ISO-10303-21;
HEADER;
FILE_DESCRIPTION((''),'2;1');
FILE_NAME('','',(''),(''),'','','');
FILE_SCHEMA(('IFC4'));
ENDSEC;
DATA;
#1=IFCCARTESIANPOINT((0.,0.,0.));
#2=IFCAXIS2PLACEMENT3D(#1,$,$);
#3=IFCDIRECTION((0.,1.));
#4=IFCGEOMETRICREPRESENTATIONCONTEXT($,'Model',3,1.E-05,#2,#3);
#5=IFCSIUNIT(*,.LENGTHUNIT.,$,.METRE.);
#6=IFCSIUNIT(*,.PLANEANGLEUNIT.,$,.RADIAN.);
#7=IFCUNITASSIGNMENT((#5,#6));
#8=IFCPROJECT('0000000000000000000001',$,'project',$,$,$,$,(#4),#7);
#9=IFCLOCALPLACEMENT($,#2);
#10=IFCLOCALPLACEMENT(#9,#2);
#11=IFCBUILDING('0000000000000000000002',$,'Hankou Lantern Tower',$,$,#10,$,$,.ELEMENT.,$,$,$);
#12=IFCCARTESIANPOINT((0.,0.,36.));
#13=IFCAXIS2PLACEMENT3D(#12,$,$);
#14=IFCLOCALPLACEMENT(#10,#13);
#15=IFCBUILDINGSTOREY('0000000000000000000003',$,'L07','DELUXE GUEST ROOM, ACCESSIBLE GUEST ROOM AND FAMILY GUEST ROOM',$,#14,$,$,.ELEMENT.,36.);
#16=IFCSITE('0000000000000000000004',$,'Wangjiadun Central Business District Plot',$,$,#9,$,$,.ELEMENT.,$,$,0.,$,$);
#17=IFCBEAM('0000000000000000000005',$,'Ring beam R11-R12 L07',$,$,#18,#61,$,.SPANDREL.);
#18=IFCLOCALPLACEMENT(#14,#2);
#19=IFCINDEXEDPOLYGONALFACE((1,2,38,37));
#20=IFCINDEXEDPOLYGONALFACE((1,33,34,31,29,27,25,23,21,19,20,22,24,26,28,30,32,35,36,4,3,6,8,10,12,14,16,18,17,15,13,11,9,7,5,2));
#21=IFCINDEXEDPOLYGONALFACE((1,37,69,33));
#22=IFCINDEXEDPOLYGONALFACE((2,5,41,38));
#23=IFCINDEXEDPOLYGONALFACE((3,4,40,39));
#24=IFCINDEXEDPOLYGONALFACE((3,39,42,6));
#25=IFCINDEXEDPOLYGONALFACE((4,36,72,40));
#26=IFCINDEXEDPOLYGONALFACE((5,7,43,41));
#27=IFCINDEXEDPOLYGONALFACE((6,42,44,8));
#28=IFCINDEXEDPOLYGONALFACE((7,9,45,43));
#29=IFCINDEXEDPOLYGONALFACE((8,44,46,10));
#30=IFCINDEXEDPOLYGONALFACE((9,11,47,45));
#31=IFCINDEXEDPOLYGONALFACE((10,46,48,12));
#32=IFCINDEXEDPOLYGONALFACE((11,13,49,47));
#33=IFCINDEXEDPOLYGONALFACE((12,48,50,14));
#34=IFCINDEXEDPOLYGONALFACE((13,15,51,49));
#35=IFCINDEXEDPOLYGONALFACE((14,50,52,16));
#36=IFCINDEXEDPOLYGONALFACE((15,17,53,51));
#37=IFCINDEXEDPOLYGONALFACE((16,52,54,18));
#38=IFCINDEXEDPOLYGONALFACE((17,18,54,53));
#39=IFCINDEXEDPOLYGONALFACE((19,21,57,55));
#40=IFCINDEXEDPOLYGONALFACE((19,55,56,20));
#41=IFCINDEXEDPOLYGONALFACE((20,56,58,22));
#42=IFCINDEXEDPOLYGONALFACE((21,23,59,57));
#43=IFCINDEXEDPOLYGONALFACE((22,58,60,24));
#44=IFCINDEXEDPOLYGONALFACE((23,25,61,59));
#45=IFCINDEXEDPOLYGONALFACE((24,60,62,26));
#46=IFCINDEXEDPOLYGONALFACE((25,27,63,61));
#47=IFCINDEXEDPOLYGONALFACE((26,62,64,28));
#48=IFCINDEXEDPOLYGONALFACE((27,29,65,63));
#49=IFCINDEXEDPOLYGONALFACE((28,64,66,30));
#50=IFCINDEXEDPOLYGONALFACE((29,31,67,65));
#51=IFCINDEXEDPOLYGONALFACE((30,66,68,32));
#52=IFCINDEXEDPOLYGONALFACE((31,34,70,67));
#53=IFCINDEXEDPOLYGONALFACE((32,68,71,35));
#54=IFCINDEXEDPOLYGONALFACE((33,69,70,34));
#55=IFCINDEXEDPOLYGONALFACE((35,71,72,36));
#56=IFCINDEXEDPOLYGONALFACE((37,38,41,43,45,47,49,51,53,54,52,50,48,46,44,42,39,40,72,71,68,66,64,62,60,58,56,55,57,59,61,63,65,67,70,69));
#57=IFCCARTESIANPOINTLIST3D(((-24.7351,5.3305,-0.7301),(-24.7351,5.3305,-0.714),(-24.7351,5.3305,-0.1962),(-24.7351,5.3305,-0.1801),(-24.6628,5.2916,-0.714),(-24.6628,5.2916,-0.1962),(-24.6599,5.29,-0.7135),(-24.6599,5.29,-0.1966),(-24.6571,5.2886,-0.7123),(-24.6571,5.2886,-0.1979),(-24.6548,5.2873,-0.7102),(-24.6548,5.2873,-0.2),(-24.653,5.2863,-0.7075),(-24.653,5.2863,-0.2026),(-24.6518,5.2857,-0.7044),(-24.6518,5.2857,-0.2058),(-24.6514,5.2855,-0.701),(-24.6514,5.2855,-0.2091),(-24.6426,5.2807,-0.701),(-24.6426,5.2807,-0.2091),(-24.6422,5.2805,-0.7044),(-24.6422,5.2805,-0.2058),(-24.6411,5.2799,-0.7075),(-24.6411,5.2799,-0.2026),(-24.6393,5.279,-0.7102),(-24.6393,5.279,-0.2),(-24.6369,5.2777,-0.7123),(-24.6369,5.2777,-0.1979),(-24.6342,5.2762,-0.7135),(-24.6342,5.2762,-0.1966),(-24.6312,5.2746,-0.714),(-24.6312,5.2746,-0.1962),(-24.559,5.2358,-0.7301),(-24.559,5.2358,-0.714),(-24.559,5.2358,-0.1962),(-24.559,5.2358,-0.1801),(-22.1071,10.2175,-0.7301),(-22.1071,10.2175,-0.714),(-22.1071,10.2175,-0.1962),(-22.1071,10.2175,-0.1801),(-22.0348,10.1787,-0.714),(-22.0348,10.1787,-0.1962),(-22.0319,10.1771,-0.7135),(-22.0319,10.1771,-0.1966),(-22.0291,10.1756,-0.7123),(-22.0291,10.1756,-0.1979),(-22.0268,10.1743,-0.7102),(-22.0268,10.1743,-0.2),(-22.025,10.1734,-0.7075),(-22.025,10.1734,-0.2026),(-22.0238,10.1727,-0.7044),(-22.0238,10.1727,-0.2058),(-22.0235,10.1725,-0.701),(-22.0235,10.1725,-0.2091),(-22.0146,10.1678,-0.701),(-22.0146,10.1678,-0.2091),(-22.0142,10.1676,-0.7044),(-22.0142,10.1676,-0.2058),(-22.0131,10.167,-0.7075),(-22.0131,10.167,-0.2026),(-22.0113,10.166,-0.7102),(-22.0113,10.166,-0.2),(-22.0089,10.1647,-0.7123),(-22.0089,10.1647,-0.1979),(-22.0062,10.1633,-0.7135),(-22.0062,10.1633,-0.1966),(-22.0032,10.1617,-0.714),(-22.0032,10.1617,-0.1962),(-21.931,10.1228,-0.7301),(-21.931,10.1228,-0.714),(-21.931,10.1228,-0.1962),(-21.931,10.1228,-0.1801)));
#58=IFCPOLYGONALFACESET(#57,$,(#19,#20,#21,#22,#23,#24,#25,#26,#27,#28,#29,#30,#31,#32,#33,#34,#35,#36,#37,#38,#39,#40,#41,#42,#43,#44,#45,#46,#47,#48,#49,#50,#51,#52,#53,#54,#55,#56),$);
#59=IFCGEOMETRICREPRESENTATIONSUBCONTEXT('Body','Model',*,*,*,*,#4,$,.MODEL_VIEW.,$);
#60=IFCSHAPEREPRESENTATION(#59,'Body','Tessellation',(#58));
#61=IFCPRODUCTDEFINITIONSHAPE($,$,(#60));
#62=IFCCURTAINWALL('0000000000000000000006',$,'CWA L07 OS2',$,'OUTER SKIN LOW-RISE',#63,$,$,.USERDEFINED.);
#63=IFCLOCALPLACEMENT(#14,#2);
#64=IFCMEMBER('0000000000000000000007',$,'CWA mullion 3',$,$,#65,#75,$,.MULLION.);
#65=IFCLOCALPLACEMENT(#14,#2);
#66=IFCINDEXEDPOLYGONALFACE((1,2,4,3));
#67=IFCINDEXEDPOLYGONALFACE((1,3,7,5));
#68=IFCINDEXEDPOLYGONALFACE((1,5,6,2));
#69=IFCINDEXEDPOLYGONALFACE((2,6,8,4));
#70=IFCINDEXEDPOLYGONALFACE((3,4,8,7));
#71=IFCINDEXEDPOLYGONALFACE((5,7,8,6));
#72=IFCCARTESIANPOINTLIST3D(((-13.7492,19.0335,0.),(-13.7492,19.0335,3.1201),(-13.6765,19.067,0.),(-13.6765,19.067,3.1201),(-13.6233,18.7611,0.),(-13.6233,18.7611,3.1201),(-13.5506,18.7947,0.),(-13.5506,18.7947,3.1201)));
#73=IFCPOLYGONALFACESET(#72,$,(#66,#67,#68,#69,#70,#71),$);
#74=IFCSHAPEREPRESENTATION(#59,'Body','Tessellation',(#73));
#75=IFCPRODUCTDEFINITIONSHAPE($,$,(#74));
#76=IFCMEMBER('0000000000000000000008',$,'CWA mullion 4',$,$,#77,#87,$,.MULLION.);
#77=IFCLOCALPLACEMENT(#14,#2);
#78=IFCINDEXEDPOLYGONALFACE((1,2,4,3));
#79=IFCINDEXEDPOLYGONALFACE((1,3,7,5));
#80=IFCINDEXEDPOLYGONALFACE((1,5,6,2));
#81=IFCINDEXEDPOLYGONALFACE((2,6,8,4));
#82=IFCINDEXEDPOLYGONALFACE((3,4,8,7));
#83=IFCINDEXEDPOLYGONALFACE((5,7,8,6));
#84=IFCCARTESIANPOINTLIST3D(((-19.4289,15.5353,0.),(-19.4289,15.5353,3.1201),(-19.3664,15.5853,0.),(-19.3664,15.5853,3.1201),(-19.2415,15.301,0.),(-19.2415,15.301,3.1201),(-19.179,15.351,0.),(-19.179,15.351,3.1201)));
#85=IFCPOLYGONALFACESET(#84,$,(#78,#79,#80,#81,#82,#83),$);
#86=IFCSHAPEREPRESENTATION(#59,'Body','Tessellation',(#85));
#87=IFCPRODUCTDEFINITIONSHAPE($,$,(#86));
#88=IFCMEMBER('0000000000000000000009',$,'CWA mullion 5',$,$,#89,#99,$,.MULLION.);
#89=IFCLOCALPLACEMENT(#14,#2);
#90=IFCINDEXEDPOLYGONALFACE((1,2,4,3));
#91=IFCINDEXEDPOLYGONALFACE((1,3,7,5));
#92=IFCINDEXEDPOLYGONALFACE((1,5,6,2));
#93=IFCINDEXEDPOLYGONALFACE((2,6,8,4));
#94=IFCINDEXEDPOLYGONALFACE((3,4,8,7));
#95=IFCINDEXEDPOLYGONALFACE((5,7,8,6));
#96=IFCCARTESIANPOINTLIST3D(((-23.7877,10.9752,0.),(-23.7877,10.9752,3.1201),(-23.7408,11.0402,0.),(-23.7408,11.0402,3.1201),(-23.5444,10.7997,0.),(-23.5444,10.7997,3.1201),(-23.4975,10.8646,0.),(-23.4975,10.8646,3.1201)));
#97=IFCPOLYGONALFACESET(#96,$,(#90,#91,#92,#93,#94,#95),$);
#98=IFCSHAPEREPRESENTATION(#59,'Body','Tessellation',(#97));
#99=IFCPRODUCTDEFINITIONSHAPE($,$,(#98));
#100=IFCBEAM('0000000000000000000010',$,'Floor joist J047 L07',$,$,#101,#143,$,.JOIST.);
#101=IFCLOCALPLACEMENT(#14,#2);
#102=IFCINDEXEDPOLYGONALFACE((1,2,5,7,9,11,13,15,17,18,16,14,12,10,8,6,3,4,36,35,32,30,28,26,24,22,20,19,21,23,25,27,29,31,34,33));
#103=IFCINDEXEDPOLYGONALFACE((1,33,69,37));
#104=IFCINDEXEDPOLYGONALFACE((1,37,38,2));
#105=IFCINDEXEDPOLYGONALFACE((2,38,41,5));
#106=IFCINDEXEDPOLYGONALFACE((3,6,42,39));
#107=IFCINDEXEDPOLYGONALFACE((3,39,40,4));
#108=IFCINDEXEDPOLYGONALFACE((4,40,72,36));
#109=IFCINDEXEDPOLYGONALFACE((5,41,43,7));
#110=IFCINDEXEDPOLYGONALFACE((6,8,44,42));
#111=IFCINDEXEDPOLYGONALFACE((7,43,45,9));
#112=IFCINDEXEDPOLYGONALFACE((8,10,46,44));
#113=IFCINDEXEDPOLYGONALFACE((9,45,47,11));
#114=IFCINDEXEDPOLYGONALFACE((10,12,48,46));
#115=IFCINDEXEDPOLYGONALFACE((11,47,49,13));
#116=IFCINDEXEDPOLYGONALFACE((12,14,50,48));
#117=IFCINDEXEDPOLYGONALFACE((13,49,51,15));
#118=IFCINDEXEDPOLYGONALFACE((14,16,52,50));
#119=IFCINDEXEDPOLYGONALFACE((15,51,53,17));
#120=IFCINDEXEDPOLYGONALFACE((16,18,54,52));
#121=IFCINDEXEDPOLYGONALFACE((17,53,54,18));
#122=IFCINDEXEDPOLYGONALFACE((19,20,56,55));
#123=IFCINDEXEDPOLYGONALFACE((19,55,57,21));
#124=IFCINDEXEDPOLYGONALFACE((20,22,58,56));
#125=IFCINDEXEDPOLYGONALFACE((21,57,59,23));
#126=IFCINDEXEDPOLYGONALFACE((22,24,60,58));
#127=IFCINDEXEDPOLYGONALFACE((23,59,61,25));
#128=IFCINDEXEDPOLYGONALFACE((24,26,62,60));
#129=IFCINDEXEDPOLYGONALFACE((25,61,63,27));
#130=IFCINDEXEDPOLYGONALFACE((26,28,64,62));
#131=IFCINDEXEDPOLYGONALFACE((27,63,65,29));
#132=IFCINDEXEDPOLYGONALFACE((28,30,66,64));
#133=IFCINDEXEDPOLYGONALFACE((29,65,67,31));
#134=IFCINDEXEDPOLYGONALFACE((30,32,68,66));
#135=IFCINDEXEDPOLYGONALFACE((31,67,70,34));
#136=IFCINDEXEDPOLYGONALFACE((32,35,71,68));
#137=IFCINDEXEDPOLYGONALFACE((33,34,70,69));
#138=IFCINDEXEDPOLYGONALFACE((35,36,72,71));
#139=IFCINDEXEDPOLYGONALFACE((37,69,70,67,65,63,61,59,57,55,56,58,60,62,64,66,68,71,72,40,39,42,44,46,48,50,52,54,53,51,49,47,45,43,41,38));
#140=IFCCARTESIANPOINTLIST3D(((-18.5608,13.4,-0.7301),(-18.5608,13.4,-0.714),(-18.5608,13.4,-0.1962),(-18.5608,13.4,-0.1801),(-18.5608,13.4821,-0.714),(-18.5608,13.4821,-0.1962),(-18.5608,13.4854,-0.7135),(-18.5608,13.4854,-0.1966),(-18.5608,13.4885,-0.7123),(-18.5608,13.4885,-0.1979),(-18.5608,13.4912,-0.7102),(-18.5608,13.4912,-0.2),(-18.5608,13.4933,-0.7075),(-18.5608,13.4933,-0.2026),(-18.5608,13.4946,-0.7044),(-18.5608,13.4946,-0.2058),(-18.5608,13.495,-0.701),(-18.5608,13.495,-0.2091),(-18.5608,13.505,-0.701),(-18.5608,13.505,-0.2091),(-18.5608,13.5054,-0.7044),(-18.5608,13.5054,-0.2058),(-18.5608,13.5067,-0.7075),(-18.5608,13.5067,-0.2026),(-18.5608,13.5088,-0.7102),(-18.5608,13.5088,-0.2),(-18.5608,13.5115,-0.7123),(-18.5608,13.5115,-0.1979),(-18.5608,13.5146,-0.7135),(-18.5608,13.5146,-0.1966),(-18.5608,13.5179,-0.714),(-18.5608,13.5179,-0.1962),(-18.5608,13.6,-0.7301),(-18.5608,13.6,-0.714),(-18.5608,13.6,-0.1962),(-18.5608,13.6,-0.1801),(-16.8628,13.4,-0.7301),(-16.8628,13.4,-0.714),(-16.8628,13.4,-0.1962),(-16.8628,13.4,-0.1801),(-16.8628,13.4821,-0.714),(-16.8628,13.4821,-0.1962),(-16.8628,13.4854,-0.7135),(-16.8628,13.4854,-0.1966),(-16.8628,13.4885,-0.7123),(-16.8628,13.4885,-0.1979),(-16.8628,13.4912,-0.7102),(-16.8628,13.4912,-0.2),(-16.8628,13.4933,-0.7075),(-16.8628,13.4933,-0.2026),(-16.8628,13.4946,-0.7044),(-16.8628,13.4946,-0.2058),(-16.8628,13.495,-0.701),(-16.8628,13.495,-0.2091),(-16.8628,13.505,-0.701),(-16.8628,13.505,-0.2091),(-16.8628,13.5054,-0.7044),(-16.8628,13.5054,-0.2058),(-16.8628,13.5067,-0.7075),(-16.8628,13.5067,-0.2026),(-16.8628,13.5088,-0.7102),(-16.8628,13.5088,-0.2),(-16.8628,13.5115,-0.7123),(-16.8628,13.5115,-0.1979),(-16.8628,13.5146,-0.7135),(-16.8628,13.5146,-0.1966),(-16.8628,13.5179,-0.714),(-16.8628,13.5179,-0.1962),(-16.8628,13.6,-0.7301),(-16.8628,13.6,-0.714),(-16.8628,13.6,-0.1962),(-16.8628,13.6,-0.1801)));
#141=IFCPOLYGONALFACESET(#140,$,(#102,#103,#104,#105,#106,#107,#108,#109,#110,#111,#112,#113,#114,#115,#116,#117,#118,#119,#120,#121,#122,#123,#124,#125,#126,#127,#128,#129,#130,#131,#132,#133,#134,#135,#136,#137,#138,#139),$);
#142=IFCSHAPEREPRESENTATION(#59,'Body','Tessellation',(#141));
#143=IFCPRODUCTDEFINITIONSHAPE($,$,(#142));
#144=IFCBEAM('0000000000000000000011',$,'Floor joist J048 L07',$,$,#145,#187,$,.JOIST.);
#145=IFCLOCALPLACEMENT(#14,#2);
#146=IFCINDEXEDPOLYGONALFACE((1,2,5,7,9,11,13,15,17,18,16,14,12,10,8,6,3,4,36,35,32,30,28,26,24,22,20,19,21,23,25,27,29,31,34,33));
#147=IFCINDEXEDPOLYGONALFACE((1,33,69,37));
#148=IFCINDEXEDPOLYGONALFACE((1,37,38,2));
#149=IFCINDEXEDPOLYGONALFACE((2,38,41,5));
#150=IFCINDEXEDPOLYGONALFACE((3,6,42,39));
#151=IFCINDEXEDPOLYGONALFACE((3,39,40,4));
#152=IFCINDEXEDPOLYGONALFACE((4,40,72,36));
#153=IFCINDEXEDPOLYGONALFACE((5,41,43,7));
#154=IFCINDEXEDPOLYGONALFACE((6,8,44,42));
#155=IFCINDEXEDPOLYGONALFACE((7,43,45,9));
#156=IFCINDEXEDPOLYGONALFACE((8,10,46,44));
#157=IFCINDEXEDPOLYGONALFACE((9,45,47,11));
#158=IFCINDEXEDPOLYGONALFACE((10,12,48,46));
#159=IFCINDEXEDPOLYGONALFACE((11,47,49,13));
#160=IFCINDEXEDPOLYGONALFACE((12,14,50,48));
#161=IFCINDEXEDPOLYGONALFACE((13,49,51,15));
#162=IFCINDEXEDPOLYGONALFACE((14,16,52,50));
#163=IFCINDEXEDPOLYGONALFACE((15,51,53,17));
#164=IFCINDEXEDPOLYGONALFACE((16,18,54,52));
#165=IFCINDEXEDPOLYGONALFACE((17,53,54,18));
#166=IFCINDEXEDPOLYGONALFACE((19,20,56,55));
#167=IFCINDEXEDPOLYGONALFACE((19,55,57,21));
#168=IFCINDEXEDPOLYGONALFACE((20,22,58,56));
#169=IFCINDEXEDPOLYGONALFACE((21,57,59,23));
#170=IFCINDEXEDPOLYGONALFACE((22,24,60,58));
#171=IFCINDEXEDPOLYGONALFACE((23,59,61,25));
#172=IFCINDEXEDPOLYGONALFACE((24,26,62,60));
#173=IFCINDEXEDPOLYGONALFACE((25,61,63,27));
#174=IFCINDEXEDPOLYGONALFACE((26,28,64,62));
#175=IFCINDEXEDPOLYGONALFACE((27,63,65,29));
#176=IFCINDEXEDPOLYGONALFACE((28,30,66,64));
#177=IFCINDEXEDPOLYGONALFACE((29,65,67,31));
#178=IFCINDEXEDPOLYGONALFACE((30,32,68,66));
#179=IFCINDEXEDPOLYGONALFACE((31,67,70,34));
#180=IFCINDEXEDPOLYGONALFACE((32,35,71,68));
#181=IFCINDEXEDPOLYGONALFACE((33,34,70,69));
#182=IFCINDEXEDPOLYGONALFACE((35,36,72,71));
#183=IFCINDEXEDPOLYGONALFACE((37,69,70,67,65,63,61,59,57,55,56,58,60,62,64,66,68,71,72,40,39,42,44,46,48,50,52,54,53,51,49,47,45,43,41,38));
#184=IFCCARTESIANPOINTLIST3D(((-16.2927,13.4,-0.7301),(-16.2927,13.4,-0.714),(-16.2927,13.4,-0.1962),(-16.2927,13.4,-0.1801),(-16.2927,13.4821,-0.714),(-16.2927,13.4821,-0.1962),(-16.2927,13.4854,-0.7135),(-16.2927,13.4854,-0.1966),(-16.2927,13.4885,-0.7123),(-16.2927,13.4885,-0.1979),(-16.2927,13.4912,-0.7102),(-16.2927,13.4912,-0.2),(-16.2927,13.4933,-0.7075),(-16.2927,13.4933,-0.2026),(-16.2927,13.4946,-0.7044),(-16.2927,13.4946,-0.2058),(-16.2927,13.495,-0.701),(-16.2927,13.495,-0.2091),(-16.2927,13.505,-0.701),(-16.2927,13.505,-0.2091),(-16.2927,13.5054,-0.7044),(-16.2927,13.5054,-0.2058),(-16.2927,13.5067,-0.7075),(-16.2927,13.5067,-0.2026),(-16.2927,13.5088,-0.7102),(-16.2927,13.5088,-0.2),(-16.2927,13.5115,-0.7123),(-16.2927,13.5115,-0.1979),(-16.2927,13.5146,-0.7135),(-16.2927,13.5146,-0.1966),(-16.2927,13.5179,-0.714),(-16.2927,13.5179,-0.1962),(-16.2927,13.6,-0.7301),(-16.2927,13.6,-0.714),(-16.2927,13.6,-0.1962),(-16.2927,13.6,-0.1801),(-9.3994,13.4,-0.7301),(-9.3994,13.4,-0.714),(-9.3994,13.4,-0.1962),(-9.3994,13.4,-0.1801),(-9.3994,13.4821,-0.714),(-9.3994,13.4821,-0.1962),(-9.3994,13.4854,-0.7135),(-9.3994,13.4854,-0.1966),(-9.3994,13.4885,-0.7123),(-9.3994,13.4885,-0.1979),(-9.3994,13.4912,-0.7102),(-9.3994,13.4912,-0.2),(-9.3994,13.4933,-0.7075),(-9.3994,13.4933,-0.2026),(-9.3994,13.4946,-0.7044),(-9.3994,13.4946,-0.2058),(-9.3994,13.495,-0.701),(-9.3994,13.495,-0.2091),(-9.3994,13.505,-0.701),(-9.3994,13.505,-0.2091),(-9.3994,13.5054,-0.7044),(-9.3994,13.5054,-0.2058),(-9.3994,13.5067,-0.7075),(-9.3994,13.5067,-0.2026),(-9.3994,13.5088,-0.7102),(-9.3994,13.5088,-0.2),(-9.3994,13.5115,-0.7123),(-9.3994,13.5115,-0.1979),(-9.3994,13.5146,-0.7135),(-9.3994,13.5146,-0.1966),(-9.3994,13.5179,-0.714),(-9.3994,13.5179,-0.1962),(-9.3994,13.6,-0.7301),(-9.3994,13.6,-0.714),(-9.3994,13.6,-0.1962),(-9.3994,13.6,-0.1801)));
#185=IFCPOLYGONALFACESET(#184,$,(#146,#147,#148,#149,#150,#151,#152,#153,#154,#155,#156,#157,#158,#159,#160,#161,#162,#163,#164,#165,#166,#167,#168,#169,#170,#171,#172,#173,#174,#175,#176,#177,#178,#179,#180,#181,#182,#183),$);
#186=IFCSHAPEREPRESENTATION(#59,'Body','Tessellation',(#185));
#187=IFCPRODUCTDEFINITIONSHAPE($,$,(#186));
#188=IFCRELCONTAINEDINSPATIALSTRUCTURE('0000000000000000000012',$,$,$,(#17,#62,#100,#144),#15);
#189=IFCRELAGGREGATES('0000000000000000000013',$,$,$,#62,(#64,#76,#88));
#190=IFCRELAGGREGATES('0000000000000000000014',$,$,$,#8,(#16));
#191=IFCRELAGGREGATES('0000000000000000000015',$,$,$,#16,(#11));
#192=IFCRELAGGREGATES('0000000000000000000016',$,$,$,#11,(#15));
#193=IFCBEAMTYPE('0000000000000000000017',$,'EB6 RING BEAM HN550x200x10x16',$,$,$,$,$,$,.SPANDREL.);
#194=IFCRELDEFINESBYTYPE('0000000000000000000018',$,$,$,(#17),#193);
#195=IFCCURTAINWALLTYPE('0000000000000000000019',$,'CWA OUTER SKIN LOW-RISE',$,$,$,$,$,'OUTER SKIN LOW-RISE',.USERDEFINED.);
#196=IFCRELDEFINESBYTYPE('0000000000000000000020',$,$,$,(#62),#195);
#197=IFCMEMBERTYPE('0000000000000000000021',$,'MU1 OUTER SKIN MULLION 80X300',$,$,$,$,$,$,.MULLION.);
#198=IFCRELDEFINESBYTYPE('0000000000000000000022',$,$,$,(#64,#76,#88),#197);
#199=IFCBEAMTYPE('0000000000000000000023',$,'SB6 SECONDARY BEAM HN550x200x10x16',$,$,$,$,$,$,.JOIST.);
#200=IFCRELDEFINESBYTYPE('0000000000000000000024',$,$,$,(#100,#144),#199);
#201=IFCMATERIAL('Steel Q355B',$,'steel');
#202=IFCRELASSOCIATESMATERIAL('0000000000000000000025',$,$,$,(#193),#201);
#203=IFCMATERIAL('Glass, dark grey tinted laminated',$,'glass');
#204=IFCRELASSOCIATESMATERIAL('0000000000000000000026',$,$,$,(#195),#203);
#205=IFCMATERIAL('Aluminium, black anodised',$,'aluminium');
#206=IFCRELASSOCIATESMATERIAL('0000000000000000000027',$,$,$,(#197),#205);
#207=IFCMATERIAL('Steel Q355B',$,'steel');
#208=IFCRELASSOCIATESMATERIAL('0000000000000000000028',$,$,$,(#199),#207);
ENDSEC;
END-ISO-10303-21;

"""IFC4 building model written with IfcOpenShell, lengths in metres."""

from ifc_helpers import new_model, si_unit, direction, frame, origin, origin_2d, place, context, subcontext, project, spatial, rectangle, i_section, extrude, material, material_profile, profile_set, type_object, element, aggregate, save


model = new_model("IFC4")

# Units and contexts
model_context = context("Model", 3, precision=1e-05, world=origin(), true_north=direction((0.0, 1.0)))
body_context = subcontext(model_context, "Body", "Model", "MODEL_VIEW")
ifc_project = project(units=[si_unit("LENGTHUNIT", "METRE"), si_unit("PLANEANGLEUNIT", "RADIAN")], contexts=[model_context])

# Site, building, storey
site_placement = place(None, origin())
site = spatial("IfcSite", under=ifc_project, at=site_placement, Name="Wangjiadun Central Business District Plot", CompositionType="ELEMENT", RefElevation=0.0)
building_placement = place(site_placement, origin())
building = spatial("IfcBuilding", under=site, at=building_placement, Name="Hankou Lantern Tower", CompositionType="ELEMENT")
storey_placement = place(building_placement, frame((0.0, 0.0, 36.0)))
storey = spatial("IfcBuildingStorey", under=building, at=storey_placement, Name="L07", Description="DELUXE GUEST ROOM, ACCESSIBLE GUEST ROOM AND FAMILY GUEST ROOM", CompositionType="ELEMENT", Elevation=36.0)

# Beam
ifc_material_1 = material(Name="Steel Q355B", Category="steel")
ifc_material_profile_1 = material_profile(ifc_material_1, i_section(OverallWidth=0.2, OverallDepth=0.55, WebThickness=0.01, FlangeThickness=0.0161, FilletRadius=0.0129, at=origin_2d()), Name="HN550x200x10x16")
ifc_profile_set_1 = profile_set([ifc_material_profile_1], Name="Steel Q355B")
beam_type_1 = type_object("IfcBeamType", Name="EB6 RING BEAM HN550x200x10x16", PredefinedType="SPANDREL", material=ifc_profile_set_1)
beam_1_placement = place(storey_placement, frame((-22.019, 10.1702, -0.4551), z_axis=(-0.473609, -0.880735, 0.0), x_axis=(0.880735, -0.473609, 0.0)))
element("IfcBeam", 1, at=beam_1_placement, inside=storey, type_object=beam_type_1, Name="Ring beam R11-R12 L07", PredefinedType="SPANDREL", context=body_context, shape_type="SweptSolid", body=[
    extrude(i_section(OverallWidth=0.2, OverallDepth=0.55, WebThickness=0.01, FlangeThickness=0.0161, FilletRadius=0.0129, at=origin_2d()), origin(), (0.0, 0.0, 1.0), 5.5488),
])

# Curtain wall, members
ifc_material_2 = material(Name="Glass, dark grey tinted laminated", Category="glass")
curtain_wall_type = type_object("IfcCurtainWallType", Name="CWA OUTER SKIN LOW-RISE", ElementType="OUTER SKIN LOW-RISE", PredefinedType="USERDEFINED", material=ifc_material_2)
curtain_wall_placement = place(storey_placement, origin())
curtain_wall = element("IfcCurtainWall", 2, at=curtain_wall_placement, inside=storey, type_object=curtain_wall_type, Name="CWA L07 OS2", ObjectType="OUTER SKIN LOW-RISE", PredefinedType="USERDEFINED")
ifc_material_3 = material(Name="Aluminium, black anodised", Category="aluminium")
ifc_material_profile_2 = material_profile(ifc_material_3, rectangle(XDim=0.0801, YDim=0.3, at=origin_2d()), Name="MU1 80X300")
ifc_profile_set_2 = profile_set([ifc_material_profile_2], Name="Aluminium, black anodised")
member_type_1 = type_object("IfcMemberType", Name="MU1 OUTER SKIN MULLION 80X300", PredefinedType="MULLION", material=ifc_profile_set_2)
member_1_placement = place(storey_placement, frame((-13.6499, 18.9141, 0.0), z_axis=(0.0, 0.0, 1.0), x_axis=(-0.907841, -0.419314, 0.0)))
member_1 = element("IfcMember", 3, at=member_1_placement, type_object=member_type_1, Name="CWA mullion 3", PredefinedType="MULLION", context=body_context, shape_type="SweptSolid", body=[
    extrude(rectangle(XDim=0.0801, YDim=0.3, at=origin_2d()), origin(), (0.0, 0.0, 1.0), 3.1201),
])
member_2_placement = place(storey_placement, frame((-19.304, 15.4431, 0.0), z_axis=(0.0, 0.0, 1.0), x_axis=(-0.780869, -0.624695, 0.0)))
member_2 = element("IfcMember", 4, at=member_2_placement, type_object=member_type_1, Name="CWA mullion 4", PredefinedType="MULLION", context=body_context, shape_type="SweptSolid", body=[
    extrude(rectangle(XDim=0.0801, YDim=0.3, at=origin_2d()), origin(), (0.0, 0.0, 1.0), 3.1201),
])
member_3_placement = place(storey_placement, frame((-23.6426, 10.9199, 0.0), z_axis=(0.0, 0.0, 1.0), x_axis=(-0.585206, -0.810885, 0.0)))
member_3 = element("IfcMember", 5, at=member_3_placement, type_object=member_type_1, Name="CWA mullion 5", PredefinedType="MULLION", context=body_context, shape_type="SweptSolid", body=[
    extrude(rectangle(XDim=0.0801, YDim=0.3, at=origin_2d()), origin(), (0.0, 0.0, 1.0), 3.1201),
])

# Beams
ifc_material_4 = material(Name="Steel Q355B", Category="steel")
ifc_material_profile_3 = material_profile(ifc_material_4, i_section(OverallWidth=0.2, OverallDepth=0.55, WebThickness=0.01, FlangeThickness=0.0161, FilletRadius=0.0129, at=origin_2d()), Name="HN550x200x10x16")
ifc_profile_set_3 = profile_set([ifc_material_profile_3], Name="Steel Q355B")
beam_type_2 = type_object("IfcBeamType", Name="SB6 SECONDARY BEAM HN550x200x10x16", PredefinedType="JOIST", material=ifc_profile_set_3)
beam_2_placement = place(storey_placement, frame((-18.5608, 13.5, -0.4551), z_axis=(1.0, 0.0, 0.0), x_axis=(0.0, 1.0, 0.0)))
element("IfcBeam", 6, at=beam_2_placement, inside=storey, type_object=beam_type_2, Name="Floor joist J047 L07", PredefinedType="JOIST", context=body_context, shape_type="SweptSolid", body=[
    extrude(i_section(OverallWidth=0.2, OverallDepth=0.55, WebThickness=0.01, FlangeThickness=0.0161, FilletRadius=0.0129, at=origin_2d()), origin(), (0.0, 0.0, 1.0), 1.698),
])
beam_3_placement = place(storey_placement, frame((-16.2927, 13.5, -0.4551), z_axis=(1.0, 0.0, 0.0), x_axis=(0.0, 1.0, 0.0)))
element("IfcBeam", 7, at=beam_3_placement, inside=storey, type_object=beam_type_2, Name="Floor joist J048 L07", PredefinedType="JOIST", context=body_context, shape_type="SweptSolid", body=[
    extrude(i_section(OverallWidth=0.2, OverallDepth=0.55, WebThickness=0.01, FlangeThickness=0.0161, FilletRadius=0.0129, at=origin_2d()), origin(), (0.0, 0.0, 1.0), 6.8933),
])

aggregate(curtain_wall, [member_1, member_2, member_3])

save(model, "model.ifc")
